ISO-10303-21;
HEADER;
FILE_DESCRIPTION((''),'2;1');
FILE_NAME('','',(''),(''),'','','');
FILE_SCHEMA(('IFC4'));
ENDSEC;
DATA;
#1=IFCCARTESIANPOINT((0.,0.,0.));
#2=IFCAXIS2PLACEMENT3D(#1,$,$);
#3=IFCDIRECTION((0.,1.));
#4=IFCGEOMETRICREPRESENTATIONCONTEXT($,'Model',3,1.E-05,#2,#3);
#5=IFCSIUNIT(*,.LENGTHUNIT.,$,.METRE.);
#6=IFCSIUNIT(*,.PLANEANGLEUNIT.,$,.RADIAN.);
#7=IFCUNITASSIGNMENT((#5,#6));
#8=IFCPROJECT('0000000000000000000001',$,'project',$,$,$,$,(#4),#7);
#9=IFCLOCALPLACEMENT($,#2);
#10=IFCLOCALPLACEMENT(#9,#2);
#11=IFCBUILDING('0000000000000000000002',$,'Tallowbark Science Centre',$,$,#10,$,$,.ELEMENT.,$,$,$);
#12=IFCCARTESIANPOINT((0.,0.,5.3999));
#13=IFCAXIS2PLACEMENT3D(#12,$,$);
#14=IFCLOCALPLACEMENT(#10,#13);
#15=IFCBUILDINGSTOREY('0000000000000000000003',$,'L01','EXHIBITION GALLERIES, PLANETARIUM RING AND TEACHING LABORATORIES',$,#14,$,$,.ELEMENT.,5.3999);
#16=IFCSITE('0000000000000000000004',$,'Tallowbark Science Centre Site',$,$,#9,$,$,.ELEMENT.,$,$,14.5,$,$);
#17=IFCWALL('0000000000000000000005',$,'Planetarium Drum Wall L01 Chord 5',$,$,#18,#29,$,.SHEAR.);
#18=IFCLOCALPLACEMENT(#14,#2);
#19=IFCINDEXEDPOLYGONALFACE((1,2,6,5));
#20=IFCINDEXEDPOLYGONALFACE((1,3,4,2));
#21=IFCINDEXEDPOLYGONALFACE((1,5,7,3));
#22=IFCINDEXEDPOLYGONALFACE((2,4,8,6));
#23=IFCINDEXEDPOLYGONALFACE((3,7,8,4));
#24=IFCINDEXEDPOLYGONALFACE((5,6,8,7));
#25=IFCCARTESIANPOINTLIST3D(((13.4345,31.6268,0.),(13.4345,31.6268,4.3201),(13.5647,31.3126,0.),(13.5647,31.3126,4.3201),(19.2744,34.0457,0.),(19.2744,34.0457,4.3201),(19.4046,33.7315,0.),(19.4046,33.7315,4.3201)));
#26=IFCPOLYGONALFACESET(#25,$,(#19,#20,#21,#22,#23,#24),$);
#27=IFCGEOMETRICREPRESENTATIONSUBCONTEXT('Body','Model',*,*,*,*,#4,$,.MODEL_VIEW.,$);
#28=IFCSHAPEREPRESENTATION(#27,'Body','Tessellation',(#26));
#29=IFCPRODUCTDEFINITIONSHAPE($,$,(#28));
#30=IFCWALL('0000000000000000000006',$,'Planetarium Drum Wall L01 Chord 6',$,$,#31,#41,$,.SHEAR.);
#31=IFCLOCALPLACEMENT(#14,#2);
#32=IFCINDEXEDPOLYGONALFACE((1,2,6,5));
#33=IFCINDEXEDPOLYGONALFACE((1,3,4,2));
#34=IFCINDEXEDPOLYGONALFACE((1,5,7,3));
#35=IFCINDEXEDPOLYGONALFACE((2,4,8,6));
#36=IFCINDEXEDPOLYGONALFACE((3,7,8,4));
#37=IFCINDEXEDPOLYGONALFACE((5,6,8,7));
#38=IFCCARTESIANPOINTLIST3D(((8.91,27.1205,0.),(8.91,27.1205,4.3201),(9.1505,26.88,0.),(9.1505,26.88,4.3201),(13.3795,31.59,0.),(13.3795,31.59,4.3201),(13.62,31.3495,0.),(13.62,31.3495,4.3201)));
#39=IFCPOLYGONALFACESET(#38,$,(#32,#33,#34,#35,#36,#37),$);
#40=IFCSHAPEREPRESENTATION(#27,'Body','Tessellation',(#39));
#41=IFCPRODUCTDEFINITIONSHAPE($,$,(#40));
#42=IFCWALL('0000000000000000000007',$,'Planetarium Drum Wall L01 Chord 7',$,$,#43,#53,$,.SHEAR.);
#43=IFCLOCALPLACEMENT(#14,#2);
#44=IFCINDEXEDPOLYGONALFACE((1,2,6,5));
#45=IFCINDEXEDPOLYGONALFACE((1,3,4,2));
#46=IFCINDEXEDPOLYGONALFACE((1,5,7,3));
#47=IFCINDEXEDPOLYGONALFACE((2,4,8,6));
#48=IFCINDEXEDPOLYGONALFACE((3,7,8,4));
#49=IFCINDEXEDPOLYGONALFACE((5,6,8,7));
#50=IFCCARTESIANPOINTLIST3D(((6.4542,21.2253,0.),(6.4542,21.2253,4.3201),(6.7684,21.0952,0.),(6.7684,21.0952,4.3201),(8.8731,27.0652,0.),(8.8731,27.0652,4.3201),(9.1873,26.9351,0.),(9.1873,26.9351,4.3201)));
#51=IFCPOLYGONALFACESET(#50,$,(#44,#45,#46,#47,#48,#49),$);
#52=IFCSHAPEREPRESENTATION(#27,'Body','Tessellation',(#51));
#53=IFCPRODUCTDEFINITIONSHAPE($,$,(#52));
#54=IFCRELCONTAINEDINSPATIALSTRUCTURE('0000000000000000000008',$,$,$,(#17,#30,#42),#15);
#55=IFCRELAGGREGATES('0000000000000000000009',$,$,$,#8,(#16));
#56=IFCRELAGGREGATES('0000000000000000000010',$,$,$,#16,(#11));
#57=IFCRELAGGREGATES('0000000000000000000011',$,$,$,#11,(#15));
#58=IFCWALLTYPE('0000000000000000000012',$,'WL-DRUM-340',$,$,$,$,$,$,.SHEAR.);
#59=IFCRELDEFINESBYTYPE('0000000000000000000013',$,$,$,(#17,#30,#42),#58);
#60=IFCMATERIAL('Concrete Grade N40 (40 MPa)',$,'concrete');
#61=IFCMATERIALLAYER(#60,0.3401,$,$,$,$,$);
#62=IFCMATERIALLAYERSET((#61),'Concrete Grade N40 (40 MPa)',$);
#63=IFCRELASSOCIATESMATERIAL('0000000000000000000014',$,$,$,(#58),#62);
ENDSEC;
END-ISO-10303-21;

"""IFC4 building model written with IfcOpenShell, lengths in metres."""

from ifc_helpers import new_model, si_unit, direction, frame, frame_2d, origin, place, context, subcontext, project, spatial, rectangle, extrude, material, layer, layer_set, type_object, element, save


model = new_model("IFC4")

# Units and contexts
model_context = context("Model", 3, precision=1e-05, world=origin(), true_north=direction((0.0, 1.0)))
body_context = subcontext(model_context, "Body", "Model", "MODEL_VIEW")
ifc_project = project(units=[si_unit("LENGTHUNIT", "METRE"), si_unit("PLANEANGLEUNIT", "RADIAN")], contexts=[model_context])

# Site, building, storey
site_placement = place(None, origin())
site = spatial("IfcSite", under=ifc_project, at=site_placement, Name="Tallowbark Science Centre Site", CompositionType="ELEMENT", RefElevation=14.5)
building_placement = place(site_placement, origin())
building = spatial("IfcBuilding", under=site, at=building_placement, Name="Tallowbark Science Centre", CompositionType="ELEMENT")
storey_placement = place(building_placement, frame((0.0, 0.0, 5.3999)))
storey = spatial("IfcBuildingStorey", under=building, at=storey_placement, Name="L01", Description="EXHIBITION GALLERIES, PLANETARIUM RING AND TEACHING LABORATORIES", CompositionType="ELEMENT", Elevation=5.3999)

# Walls
ifc_material_1 = material(Name="Concrete Grade N40 (40 MPa)", Category="concrete")
ifc_layer_1 = layer(ifc_material_1, 0.3401)
ifc_layer_set_1 = layer_set([ifc_layer_1], Name="Concrete Grade N40 (40 MPa)")
wall_type = type_object("IfcWallType", Name="WL-DRUM-340", PredefinedType="SHEAR", material=ifc_layer_set_1)
wall_1_placement = place(storey_placement, frame((19.3396, 33.8887, 0.0), z_axis=(0.0, 0.0, 1.0), x_axis=(-0.923879, -0.382684, 0.0)))
element("IfcWall", 1, at=wall_1_placement, inside=storey, type_object=wall_type, Name="Planetarium Drum Wall L01 Chord 5", PredefinedType="SHEAR", context=body_context, shape_type="SweptSolid", body=[
    extrude(rectangle(XDim=6.321, YDim=0.3401, at=frame_2d((3.1606, 0.0))), origin(), (0.0, 0.0, 1.0), 4.3201),
])
wall_2_placement = place(storey_placement, frame((13.4998, 31.4697, 0.0), z_axis=(0.0, 0.0, 1.0), x_axis=(-0.707107, -0.707107, 0.0)))
element("IfcWall", 2, at=wall_2_placement, inside=storey, type_object=wall_type, Name="Planetarium Drum Wall L01 Chord 6", PredefinedType="SHEAR", context=body_context, shape_type="SweptSolid", body=[
    extrude(rectangle(XDim=6.3208, YDim=0.3401, at=frame_2d((3.1604, 0.0))), origin(), (0.0, 0.0, 1.0), 4.3201),
])
wall_3_placement = place(storey_placement, frame((9.0303, 27.0002, 0.0), z_axis=(0.0, 0.0, 1.0), x_axis=(-0.382684, -0.923879, 0.0)))
element("IfcWall", 3, at=wall_3_placement, inside=storey, type_object=wall_type, Name="Planetarium Drum Wall L01 Chord 7", PredefinedType="SHEAR", context=body_context, shape_type="SweptSolid", body=[
    extrude(rectangle(XDim=6.321, YDim=0.3401, at=frame_2d((3.1606, 0.0))), origin(), (0.0, 0.0, 1.0), 4.3201),
])

save(model, "model.ifc")
